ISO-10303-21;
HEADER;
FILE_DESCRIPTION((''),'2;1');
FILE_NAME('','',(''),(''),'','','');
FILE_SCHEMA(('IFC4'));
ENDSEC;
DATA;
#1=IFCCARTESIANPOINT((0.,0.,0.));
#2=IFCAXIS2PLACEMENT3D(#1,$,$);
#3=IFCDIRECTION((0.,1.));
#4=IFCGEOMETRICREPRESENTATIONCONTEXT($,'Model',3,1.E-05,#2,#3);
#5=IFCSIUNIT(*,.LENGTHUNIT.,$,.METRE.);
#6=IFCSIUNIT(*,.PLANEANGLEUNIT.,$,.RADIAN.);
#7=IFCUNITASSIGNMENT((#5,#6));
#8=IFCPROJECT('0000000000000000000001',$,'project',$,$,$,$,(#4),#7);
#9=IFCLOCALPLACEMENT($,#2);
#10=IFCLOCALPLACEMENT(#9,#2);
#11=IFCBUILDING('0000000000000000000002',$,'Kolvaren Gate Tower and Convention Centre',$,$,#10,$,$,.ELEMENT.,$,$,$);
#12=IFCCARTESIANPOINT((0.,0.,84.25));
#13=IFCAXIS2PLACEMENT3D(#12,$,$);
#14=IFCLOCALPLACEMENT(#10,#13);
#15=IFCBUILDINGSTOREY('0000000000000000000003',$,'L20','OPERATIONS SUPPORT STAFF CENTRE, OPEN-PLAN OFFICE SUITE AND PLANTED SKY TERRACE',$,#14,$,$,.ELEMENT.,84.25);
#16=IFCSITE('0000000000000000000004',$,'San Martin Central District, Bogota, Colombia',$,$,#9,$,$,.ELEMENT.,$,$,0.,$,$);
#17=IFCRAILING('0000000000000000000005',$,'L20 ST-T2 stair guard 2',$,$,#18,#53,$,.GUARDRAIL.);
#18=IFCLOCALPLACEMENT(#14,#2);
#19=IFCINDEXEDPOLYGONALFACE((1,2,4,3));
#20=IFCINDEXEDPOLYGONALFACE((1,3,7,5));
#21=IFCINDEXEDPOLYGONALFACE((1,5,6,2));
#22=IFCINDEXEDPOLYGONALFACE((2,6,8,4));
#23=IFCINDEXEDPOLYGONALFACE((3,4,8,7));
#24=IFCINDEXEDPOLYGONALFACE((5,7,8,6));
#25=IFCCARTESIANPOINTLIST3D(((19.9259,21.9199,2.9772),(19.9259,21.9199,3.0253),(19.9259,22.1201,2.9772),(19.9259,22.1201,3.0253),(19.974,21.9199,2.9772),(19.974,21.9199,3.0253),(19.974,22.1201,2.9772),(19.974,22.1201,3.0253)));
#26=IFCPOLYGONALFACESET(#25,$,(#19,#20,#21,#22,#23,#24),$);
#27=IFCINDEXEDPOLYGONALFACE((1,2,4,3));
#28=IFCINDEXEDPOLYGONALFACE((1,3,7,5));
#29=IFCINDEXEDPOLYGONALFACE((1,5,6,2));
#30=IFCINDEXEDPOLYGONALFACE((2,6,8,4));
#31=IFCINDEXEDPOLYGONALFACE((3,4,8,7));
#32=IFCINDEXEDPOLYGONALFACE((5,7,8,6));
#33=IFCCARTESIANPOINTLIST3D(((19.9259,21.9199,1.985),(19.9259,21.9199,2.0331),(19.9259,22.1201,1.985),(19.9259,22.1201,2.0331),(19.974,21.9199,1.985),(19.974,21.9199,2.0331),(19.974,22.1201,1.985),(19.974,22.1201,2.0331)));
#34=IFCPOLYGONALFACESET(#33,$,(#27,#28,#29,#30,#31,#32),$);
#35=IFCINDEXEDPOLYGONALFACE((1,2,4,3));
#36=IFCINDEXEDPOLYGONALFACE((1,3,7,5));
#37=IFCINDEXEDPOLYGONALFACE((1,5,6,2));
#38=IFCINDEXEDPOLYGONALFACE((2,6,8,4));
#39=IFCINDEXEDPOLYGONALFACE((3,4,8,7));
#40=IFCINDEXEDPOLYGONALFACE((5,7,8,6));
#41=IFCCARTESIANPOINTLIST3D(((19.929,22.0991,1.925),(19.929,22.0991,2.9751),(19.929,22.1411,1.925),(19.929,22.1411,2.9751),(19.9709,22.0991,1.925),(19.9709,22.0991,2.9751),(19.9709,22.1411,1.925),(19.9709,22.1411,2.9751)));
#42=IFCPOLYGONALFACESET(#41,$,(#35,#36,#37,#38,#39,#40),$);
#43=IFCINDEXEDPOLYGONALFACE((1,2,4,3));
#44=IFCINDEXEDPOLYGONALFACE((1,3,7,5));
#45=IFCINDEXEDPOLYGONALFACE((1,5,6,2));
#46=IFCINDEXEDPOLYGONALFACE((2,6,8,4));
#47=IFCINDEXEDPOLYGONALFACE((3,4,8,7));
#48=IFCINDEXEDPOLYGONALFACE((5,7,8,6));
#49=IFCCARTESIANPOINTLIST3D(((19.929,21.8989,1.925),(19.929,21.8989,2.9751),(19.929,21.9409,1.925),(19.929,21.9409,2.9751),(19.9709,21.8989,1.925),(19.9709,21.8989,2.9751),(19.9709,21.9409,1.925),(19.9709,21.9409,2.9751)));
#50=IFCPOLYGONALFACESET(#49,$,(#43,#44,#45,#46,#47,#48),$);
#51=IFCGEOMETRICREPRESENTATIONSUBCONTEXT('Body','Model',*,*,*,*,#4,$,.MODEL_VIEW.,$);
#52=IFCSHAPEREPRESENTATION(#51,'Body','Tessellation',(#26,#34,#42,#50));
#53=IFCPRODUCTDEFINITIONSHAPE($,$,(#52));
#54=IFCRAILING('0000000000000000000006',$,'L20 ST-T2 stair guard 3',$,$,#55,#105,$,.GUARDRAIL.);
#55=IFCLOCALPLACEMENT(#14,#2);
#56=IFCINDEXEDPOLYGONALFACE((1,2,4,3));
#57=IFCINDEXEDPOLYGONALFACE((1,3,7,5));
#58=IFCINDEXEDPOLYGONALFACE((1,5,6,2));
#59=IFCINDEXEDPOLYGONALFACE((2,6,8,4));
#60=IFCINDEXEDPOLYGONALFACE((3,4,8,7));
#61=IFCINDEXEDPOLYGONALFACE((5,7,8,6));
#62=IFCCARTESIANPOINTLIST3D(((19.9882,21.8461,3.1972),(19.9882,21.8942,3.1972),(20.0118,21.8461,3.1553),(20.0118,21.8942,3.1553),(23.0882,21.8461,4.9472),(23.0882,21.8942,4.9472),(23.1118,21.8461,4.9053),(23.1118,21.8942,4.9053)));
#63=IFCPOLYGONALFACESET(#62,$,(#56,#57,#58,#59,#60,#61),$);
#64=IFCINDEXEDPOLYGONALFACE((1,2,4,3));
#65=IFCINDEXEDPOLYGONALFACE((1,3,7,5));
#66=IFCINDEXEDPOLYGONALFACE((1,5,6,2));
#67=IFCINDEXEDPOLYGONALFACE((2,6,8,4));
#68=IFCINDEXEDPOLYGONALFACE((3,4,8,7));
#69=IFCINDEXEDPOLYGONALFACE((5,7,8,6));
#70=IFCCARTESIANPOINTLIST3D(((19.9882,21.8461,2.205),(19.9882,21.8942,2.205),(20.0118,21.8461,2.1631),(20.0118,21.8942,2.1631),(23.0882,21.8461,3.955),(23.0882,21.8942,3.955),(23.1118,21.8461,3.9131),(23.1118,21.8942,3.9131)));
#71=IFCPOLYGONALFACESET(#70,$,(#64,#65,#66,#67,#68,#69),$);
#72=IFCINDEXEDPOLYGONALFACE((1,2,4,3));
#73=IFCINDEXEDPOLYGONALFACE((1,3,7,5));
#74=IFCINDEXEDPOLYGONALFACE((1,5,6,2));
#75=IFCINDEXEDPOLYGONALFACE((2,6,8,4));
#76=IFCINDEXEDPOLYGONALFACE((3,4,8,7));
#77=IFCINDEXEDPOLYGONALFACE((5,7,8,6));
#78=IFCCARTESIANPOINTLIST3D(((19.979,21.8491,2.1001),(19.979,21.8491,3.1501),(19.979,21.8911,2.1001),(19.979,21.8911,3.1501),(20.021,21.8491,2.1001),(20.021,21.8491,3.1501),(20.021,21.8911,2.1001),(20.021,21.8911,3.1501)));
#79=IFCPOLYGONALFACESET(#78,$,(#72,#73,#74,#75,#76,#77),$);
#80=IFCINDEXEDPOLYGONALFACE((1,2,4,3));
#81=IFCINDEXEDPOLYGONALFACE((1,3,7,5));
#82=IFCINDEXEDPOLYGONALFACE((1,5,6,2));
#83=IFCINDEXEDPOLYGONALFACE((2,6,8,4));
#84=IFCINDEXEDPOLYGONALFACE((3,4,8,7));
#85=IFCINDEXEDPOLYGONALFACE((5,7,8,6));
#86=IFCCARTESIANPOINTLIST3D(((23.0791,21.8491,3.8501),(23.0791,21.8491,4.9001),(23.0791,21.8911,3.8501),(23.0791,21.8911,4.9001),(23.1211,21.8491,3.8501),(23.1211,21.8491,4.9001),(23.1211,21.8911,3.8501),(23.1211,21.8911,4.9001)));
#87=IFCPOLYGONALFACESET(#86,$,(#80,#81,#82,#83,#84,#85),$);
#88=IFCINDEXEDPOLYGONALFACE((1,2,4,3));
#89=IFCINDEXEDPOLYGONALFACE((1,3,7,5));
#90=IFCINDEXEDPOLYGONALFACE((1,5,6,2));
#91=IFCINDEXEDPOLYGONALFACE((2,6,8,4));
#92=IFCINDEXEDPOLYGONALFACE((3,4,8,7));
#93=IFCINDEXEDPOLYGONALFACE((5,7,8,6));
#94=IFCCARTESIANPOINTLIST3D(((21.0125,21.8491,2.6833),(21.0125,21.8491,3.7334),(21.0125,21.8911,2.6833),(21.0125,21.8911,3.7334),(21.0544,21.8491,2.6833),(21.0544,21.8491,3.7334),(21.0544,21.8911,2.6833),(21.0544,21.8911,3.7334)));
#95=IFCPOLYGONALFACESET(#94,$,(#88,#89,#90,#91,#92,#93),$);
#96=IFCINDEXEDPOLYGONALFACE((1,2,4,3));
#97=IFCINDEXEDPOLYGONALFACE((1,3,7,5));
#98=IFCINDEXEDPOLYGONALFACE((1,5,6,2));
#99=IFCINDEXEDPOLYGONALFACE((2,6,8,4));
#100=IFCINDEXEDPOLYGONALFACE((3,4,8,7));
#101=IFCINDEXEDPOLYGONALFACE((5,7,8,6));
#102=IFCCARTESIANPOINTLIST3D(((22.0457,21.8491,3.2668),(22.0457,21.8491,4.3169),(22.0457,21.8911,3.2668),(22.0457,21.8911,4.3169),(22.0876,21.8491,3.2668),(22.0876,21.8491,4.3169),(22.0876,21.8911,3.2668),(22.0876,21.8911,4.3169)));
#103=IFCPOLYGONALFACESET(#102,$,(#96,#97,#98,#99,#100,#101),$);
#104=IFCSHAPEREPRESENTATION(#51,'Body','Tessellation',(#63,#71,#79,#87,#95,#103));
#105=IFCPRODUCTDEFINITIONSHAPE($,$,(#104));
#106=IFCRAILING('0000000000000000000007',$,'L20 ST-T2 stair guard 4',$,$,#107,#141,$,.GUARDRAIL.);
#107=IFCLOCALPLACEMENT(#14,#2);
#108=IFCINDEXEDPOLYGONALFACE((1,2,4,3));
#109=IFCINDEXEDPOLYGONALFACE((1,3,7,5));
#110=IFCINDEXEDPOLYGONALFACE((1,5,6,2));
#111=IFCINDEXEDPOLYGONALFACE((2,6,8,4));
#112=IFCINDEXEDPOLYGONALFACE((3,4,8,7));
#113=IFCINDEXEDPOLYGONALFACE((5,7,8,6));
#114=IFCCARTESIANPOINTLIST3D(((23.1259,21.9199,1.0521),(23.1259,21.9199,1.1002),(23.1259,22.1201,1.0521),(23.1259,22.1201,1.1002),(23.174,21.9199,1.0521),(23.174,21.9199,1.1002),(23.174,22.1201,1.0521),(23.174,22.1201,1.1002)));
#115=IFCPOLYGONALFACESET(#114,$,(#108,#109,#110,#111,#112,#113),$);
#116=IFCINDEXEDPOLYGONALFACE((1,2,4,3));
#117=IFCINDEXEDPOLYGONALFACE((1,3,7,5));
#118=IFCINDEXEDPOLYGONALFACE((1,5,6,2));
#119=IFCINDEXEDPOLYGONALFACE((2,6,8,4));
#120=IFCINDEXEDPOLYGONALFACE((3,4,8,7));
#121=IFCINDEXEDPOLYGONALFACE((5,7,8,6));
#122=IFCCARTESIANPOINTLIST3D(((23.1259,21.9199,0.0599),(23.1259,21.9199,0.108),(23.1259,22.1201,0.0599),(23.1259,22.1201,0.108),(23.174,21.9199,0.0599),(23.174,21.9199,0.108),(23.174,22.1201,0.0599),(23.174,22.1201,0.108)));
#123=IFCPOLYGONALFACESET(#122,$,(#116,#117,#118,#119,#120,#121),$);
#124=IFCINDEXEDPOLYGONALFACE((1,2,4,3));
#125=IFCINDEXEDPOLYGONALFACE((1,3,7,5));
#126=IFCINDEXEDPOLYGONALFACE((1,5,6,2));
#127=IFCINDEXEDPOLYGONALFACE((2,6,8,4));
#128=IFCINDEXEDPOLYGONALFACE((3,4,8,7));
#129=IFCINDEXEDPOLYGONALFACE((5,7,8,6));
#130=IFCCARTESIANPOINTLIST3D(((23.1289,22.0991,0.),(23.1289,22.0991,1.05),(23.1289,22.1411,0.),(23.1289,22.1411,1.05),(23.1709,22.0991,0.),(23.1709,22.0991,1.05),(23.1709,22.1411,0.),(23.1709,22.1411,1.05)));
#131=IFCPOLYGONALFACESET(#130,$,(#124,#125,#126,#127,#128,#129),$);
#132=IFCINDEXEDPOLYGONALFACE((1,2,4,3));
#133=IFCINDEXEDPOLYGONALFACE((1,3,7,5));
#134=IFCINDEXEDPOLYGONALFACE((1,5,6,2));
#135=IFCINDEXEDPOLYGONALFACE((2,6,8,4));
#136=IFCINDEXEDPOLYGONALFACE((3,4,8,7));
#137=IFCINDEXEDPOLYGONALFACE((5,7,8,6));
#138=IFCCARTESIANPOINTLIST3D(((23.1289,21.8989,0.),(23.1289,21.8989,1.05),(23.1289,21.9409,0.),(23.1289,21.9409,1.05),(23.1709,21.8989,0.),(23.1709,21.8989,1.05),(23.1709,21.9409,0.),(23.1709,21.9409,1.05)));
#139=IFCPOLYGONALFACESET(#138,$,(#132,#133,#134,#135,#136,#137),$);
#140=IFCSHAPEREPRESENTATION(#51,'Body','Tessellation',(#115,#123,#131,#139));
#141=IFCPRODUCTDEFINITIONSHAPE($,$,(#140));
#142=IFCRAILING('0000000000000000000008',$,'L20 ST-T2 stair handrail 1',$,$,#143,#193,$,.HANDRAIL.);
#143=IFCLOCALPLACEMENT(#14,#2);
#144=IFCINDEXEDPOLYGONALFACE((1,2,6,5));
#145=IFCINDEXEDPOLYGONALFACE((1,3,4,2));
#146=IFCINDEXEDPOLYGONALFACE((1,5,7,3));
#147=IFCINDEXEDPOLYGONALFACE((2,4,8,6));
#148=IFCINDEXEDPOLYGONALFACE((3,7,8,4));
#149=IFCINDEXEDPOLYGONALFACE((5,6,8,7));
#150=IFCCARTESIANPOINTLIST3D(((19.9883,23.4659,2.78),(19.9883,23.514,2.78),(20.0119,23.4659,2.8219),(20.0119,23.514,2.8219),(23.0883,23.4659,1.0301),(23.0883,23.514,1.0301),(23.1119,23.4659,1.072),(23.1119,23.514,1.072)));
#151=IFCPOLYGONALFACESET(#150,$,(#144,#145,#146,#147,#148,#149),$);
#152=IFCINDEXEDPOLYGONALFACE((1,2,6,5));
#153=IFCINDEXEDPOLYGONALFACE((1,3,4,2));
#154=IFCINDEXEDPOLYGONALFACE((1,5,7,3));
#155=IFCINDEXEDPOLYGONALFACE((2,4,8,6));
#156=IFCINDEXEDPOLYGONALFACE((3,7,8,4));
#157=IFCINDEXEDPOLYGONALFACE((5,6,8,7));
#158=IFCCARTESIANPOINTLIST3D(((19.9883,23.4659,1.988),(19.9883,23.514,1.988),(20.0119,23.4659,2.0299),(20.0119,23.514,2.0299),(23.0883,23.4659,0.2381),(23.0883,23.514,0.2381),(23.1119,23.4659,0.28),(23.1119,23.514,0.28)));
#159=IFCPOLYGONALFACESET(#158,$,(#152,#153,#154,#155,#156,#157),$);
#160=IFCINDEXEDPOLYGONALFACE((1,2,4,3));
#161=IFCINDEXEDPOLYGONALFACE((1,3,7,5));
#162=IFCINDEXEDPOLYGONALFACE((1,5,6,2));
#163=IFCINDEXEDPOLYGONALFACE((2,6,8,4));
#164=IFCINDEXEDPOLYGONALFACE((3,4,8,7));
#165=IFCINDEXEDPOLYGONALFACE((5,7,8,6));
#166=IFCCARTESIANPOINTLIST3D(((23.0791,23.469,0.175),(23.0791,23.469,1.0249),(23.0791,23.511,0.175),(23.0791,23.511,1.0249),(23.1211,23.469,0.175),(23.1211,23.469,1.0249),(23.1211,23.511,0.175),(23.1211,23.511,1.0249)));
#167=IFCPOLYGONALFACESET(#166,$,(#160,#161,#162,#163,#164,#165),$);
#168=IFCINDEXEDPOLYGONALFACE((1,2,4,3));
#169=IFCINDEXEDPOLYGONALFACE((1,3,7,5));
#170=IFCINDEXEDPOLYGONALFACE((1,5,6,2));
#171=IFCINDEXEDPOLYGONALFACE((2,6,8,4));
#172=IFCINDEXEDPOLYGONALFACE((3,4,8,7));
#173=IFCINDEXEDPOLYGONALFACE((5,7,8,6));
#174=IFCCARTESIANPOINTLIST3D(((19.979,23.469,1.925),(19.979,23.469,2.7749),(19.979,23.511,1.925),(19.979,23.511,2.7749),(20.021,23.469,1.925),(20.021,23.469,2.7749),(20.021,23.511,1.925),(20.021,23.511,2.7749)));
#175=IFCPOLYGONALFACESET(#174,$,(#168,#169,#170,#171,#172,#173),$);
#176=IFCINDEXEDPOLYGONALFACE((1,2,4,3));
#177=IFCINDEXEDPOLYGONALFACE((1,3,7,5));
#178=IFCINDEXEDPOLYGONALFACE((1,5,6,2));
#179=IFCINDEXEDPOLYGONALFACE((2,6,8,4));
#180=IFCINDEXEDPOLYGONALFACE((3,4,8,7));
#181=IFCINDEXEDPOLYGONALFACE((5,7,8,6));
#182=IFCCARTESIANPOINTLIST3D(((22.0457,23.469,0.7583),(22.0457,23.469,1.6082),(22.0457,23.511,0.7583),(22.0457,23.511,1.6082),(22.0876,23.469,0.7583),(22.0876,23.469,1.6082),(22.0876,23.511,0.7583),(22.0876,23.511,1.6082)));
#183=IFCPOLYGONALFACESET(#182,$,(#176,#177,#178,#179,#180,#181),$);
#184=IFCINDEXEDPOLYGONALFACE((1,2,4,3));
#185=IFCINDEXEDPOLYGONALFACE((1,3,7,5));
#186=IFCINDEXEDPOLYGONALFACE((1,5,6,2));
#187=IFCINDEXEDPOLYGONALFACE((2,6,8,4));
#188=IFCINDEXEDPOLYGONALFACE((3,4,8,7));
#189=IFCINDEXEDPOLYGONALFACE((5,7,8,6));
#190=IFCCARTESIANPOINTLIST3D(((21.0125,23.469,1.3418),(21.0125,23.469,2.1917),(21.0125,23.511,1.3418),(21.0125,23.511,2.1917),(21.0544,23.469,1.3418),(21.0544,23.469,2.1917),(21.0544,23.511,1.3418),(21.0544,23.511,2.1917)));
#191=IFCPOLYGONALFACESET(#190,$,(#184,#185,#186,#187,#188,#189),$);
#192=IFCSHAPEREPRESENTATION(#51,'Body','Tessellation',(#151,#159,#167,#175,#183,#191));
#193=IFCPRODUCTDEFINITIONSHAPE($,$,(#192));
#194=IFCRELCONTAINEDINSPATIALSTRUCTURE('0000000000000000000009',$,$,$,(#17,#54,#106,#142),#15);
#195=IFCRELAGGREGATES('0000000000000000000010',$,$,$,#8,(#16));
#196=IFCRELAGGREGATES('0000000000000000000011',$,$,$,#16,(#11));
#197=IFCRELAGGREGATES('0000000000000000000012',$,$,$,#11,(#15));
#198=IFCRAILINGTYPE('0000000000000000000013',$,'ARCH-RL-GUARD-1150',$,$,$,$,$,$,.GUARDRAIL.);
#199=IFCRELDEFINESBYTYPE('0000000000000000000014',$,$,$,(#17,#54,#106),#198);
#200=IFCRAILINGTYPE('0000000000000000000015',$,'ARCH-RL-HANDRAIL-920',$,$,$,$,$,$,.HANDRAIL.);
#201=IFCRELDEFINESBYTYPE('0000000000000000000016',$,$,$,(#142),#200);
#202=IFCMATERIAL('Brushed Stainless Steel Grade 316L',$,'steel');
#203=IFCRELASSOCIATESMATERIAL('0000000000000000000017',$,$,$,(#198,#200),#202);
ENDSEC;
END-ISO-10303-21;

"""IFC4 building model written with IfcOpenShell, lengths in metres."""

from ifc_helpers import new_model, si_unit, direction, frame, origin, origin_2d, place, context, subcontext, project, spatial, rectangle, extrude, material, type_object, element, save


model = new_model("IFC4")

# Units and contexts
model_context = context("Model", 3, precision=1e-05, world=origin(), true_north=direction((0.0, 1.0)))
body_context = subcontext(model_context, "Body", "Model", "MODEL_VIEW")
ifc_project = project(units=[si_unit("LENGTHUNIT", "METRE"), si_unit("PLANEANGLEUNIT", "RADIAN")], contexts=[model_context])

# Site, building, storey
site_placement = place(None, origin())
site = spatial("IfcSite", under=ifc_project, at=site_placement, Name="San Martin Central District, Bogota, Colombia", CompositionType="ELEMENT", RefElevation=0.0)
building_placement = place(site_placement, origin())
building = spatial("IfcBuilding", under=site, at=building_placement, Name="Kolvaren Gate Tower and Convention Centre", CompositionType="ELEMENT")
storey_placement = place(building_placement, frame((0.0, 0.0, 84.25)))
storey = spatial("IfcBuildingStorey", under=building, at=storey_placement, Name="L20", Description="OPERATIONS SUPPORT STAFF CENTRE, OPEN-PLAN OFFICE SUITE AND PLANTED SKY TERRACE", CompositionType="ELEMENT", Elevation=84.25)

# Shared definitions
ifc_material_1 = material(Name="Brushed Stainless Steel Grade 316L", Category="steel")

# Railings
railing_type_1 = type_object("IfcRailingType", Name="ARCH-RL-GUARD-1150", PredefinedType="GUARDRAIL", material=ifc_material_1)
railing_1_placement = place(storey_placement, frame((19.95, 22.1201, 1.925)))
element("IfcRailing", 1, at=railing_1_placement, inside=storey, type_object=railing_type_1, Name="L20 ST-T2 stair guard 2", PredefinedType="GUARDRAIL", context=body_context, shape_type="SweptSolid", body=[
    extrude(rectangle(XDim=0.0481, YDim=0.0481, at=origin_2d()), frame((0.0, 0.0, 1.0762), z_axis=(0.0, -1.0, 0.0), x_axis=(1.0, 0.0, 0.0)), (0.0, 0.0, 1.0), 0.2002),
    extrude(rectangle(XDim=0.0481, YDim=0.0481, at=origin_2d()), frame((0.0, 0.0, 0.084), z_axis=(0.0, -1.0, 0.0), x_axis=(1.0, 0.0, 0.0)), (0.0, 0.0, 1.0), 0.2002),
    extrude(rectangle(XDim=0.042, YDim=0.042, at=origin_2d()), origin(), (0.0, 0.0, 1.0), 1.05),
    extrude(rectangle(XDim=0.042, YDim=0.042, at=origin_2d()), frame((0.0, -0.2002, 0.0)), (0.0, 0.0, 1.0), 1.05),
])
railing_2_placement = place(storey_placement, frame((20.0, 21.8701, 2.1001)))
element("IfcRailing", 2, at=railing_2_placement, inside=storey, type_object=railing_type_1, Name="L20 ST-T2 stair guard 3", PredefinedType="GUARDRAIL", context=body_context, shape_type="SweptSolid", body=[
    extrude(rectangle(XDim=0.0481, YDim=0.0481, at=origin_2d()), frame((0.0, 0.0, 1.0762), z_axis=(0.870831, 0.0, 0.491583), x_axis=(0.0, 1.0, 0.0)), (0.0, 0.0, 1.0), 3.5598),
    extrude(rectangle(XDim=0.0481, YDim=0.0481, at=origin_2d()), frame((0.0, 0.0, 0.084), z_axis=(0.870831, 0.0, 0.491583), x_axis=(0.0, 1.0, 0.0)), (0.0, 0.0, 1.0), 3.5598),
    extrude(rectangle(XDim=0.042, YDim=0.042, at=origin_2d()), origin(), (0.0, 0.0, 1.0), 1.05),
    extrude(rectangle(XDim=0.042, YDim=0.042, at=origin_2d()), frame((3.1001, 0.0, 1.75)), (0.0, 0.0, 1.0), 1.05),
    extrude(rectangle(XDim=0.042, YDim=0.042, at=origin_2d()), frame((1.0334, 0.0, 0.5833)), (0.0, 0.0, 1.0), 1.05),
    extrude(rectangle(XDim=0.042, YDim=0.042, at=origin_2d()), frame((2.0667, 0.0, 1.1667)), (0.0, 0.0, 1.0), 1.05),
])
railing_3_placement = place(storey_placement, frame((23.1499, 22.1201, 0.0)))
element("IfcRailing", 3, at=railing_3_placement, inside=storey, type_object=railing_type_1, Name="L20 ST-T2 stair guard 4", PredefinedType="GUARDRAIL", context=body_context, shape_type="SweptSolid", body=[
    extrude(rectangle(XDim=0.0481, YDim=0.0481, at=origin_2d()), frame((0.0, 0.0, 1.0762), z_axis=(0.0, -1.0, 0.0), x_axis=(1.0, 0.0, 0.0)), (0.0, 0.0, 1.0), 0.2002),
    extrude(rectangle(XDim=0.0481, YDim=0.0481, at=origin_2d()), frame((0.0, 0.0, 0.084), z_axis=(0.0, -1.0, 0.0), x_axis=(1.0, 0.0, 0.0)), (0.0, 0.0, 1.0), 0.2002),
    extrude(rectangle(XDim=0.042, YDim=0.042, at=origin_2d()), origin(), (0.0, 0.0, 1.0), 1.05),
    extrude(rectangle(XDim=0.042, YDim=0.042, at=origin_2d()), frame((0.0, -0.2002, 0.0)), (0.0, 0.0, 1.0), 1.05),
])
railing_type_2 = type_object("IfcRailingType", Name="ARCH-RL-HANDRAIL-920", PredefinedType="HANDRAIL", material=ifc_material_1)
railing_4_placement = place(storey_placement, frame((23.1001, 23.49, 0.175)))
element("IfcRailing", 4, at=railing_4_placement, inside=storey, type_object=railing_type_2, Name="L20 ST-T2 stair handrail 1", PredefinedType="HANDRAIL", context=body_context, shape_type="SweptSolid", body=[
    extrude(rectangle(XDim=0.0481, YDim=0.0481, at=origin_2d()), frame((0.0, 0.0, 0.876), z_axis=(-0.870831, 0.0, 0.491583), x_axis=(0.0, -1.0, 0.0)), (0.0, 0.0, 1.0), 3.5598),
    extrude(rectangle(XDim=0.0481, YDim=0.0481, at=origin_2d()), frame((0.0, 0.0, 0.084), z_axis=(-0.870831, 0.0, 0.491583), x_axis=(0.0, -1.0, 0.0)), (0.0, 0.0, 1.0), 3.5598),
    extrude(rectangle(XDim=0.042, YDim=0.042, at=origin_2d()), origin(), (0.0, 0.0, 1.0), 0.8499),
    extrude(rectangle(XDim=0.042, YDim=0.042, at=origin_2d()), frame((-3.1001, 0.0, 1.75)), (0.0, 0.0, 1.0), 0.8499),
    extrude(rectangle(XDim=0.042, YDim=0.042, at=origin_2d()), frame((-1.0334, 0.0, 0.5833)), (0.0, 0.0, 1.0), 0.8499),
    extrude(rectangle(XDim=0.042, YDim=0.042, at=origin_2d()), frame((-2.0667, 0.0, 1.1667)), (0.0, 0.0, 1.0), 0.8499),
])

save(model, "model.ifc")
